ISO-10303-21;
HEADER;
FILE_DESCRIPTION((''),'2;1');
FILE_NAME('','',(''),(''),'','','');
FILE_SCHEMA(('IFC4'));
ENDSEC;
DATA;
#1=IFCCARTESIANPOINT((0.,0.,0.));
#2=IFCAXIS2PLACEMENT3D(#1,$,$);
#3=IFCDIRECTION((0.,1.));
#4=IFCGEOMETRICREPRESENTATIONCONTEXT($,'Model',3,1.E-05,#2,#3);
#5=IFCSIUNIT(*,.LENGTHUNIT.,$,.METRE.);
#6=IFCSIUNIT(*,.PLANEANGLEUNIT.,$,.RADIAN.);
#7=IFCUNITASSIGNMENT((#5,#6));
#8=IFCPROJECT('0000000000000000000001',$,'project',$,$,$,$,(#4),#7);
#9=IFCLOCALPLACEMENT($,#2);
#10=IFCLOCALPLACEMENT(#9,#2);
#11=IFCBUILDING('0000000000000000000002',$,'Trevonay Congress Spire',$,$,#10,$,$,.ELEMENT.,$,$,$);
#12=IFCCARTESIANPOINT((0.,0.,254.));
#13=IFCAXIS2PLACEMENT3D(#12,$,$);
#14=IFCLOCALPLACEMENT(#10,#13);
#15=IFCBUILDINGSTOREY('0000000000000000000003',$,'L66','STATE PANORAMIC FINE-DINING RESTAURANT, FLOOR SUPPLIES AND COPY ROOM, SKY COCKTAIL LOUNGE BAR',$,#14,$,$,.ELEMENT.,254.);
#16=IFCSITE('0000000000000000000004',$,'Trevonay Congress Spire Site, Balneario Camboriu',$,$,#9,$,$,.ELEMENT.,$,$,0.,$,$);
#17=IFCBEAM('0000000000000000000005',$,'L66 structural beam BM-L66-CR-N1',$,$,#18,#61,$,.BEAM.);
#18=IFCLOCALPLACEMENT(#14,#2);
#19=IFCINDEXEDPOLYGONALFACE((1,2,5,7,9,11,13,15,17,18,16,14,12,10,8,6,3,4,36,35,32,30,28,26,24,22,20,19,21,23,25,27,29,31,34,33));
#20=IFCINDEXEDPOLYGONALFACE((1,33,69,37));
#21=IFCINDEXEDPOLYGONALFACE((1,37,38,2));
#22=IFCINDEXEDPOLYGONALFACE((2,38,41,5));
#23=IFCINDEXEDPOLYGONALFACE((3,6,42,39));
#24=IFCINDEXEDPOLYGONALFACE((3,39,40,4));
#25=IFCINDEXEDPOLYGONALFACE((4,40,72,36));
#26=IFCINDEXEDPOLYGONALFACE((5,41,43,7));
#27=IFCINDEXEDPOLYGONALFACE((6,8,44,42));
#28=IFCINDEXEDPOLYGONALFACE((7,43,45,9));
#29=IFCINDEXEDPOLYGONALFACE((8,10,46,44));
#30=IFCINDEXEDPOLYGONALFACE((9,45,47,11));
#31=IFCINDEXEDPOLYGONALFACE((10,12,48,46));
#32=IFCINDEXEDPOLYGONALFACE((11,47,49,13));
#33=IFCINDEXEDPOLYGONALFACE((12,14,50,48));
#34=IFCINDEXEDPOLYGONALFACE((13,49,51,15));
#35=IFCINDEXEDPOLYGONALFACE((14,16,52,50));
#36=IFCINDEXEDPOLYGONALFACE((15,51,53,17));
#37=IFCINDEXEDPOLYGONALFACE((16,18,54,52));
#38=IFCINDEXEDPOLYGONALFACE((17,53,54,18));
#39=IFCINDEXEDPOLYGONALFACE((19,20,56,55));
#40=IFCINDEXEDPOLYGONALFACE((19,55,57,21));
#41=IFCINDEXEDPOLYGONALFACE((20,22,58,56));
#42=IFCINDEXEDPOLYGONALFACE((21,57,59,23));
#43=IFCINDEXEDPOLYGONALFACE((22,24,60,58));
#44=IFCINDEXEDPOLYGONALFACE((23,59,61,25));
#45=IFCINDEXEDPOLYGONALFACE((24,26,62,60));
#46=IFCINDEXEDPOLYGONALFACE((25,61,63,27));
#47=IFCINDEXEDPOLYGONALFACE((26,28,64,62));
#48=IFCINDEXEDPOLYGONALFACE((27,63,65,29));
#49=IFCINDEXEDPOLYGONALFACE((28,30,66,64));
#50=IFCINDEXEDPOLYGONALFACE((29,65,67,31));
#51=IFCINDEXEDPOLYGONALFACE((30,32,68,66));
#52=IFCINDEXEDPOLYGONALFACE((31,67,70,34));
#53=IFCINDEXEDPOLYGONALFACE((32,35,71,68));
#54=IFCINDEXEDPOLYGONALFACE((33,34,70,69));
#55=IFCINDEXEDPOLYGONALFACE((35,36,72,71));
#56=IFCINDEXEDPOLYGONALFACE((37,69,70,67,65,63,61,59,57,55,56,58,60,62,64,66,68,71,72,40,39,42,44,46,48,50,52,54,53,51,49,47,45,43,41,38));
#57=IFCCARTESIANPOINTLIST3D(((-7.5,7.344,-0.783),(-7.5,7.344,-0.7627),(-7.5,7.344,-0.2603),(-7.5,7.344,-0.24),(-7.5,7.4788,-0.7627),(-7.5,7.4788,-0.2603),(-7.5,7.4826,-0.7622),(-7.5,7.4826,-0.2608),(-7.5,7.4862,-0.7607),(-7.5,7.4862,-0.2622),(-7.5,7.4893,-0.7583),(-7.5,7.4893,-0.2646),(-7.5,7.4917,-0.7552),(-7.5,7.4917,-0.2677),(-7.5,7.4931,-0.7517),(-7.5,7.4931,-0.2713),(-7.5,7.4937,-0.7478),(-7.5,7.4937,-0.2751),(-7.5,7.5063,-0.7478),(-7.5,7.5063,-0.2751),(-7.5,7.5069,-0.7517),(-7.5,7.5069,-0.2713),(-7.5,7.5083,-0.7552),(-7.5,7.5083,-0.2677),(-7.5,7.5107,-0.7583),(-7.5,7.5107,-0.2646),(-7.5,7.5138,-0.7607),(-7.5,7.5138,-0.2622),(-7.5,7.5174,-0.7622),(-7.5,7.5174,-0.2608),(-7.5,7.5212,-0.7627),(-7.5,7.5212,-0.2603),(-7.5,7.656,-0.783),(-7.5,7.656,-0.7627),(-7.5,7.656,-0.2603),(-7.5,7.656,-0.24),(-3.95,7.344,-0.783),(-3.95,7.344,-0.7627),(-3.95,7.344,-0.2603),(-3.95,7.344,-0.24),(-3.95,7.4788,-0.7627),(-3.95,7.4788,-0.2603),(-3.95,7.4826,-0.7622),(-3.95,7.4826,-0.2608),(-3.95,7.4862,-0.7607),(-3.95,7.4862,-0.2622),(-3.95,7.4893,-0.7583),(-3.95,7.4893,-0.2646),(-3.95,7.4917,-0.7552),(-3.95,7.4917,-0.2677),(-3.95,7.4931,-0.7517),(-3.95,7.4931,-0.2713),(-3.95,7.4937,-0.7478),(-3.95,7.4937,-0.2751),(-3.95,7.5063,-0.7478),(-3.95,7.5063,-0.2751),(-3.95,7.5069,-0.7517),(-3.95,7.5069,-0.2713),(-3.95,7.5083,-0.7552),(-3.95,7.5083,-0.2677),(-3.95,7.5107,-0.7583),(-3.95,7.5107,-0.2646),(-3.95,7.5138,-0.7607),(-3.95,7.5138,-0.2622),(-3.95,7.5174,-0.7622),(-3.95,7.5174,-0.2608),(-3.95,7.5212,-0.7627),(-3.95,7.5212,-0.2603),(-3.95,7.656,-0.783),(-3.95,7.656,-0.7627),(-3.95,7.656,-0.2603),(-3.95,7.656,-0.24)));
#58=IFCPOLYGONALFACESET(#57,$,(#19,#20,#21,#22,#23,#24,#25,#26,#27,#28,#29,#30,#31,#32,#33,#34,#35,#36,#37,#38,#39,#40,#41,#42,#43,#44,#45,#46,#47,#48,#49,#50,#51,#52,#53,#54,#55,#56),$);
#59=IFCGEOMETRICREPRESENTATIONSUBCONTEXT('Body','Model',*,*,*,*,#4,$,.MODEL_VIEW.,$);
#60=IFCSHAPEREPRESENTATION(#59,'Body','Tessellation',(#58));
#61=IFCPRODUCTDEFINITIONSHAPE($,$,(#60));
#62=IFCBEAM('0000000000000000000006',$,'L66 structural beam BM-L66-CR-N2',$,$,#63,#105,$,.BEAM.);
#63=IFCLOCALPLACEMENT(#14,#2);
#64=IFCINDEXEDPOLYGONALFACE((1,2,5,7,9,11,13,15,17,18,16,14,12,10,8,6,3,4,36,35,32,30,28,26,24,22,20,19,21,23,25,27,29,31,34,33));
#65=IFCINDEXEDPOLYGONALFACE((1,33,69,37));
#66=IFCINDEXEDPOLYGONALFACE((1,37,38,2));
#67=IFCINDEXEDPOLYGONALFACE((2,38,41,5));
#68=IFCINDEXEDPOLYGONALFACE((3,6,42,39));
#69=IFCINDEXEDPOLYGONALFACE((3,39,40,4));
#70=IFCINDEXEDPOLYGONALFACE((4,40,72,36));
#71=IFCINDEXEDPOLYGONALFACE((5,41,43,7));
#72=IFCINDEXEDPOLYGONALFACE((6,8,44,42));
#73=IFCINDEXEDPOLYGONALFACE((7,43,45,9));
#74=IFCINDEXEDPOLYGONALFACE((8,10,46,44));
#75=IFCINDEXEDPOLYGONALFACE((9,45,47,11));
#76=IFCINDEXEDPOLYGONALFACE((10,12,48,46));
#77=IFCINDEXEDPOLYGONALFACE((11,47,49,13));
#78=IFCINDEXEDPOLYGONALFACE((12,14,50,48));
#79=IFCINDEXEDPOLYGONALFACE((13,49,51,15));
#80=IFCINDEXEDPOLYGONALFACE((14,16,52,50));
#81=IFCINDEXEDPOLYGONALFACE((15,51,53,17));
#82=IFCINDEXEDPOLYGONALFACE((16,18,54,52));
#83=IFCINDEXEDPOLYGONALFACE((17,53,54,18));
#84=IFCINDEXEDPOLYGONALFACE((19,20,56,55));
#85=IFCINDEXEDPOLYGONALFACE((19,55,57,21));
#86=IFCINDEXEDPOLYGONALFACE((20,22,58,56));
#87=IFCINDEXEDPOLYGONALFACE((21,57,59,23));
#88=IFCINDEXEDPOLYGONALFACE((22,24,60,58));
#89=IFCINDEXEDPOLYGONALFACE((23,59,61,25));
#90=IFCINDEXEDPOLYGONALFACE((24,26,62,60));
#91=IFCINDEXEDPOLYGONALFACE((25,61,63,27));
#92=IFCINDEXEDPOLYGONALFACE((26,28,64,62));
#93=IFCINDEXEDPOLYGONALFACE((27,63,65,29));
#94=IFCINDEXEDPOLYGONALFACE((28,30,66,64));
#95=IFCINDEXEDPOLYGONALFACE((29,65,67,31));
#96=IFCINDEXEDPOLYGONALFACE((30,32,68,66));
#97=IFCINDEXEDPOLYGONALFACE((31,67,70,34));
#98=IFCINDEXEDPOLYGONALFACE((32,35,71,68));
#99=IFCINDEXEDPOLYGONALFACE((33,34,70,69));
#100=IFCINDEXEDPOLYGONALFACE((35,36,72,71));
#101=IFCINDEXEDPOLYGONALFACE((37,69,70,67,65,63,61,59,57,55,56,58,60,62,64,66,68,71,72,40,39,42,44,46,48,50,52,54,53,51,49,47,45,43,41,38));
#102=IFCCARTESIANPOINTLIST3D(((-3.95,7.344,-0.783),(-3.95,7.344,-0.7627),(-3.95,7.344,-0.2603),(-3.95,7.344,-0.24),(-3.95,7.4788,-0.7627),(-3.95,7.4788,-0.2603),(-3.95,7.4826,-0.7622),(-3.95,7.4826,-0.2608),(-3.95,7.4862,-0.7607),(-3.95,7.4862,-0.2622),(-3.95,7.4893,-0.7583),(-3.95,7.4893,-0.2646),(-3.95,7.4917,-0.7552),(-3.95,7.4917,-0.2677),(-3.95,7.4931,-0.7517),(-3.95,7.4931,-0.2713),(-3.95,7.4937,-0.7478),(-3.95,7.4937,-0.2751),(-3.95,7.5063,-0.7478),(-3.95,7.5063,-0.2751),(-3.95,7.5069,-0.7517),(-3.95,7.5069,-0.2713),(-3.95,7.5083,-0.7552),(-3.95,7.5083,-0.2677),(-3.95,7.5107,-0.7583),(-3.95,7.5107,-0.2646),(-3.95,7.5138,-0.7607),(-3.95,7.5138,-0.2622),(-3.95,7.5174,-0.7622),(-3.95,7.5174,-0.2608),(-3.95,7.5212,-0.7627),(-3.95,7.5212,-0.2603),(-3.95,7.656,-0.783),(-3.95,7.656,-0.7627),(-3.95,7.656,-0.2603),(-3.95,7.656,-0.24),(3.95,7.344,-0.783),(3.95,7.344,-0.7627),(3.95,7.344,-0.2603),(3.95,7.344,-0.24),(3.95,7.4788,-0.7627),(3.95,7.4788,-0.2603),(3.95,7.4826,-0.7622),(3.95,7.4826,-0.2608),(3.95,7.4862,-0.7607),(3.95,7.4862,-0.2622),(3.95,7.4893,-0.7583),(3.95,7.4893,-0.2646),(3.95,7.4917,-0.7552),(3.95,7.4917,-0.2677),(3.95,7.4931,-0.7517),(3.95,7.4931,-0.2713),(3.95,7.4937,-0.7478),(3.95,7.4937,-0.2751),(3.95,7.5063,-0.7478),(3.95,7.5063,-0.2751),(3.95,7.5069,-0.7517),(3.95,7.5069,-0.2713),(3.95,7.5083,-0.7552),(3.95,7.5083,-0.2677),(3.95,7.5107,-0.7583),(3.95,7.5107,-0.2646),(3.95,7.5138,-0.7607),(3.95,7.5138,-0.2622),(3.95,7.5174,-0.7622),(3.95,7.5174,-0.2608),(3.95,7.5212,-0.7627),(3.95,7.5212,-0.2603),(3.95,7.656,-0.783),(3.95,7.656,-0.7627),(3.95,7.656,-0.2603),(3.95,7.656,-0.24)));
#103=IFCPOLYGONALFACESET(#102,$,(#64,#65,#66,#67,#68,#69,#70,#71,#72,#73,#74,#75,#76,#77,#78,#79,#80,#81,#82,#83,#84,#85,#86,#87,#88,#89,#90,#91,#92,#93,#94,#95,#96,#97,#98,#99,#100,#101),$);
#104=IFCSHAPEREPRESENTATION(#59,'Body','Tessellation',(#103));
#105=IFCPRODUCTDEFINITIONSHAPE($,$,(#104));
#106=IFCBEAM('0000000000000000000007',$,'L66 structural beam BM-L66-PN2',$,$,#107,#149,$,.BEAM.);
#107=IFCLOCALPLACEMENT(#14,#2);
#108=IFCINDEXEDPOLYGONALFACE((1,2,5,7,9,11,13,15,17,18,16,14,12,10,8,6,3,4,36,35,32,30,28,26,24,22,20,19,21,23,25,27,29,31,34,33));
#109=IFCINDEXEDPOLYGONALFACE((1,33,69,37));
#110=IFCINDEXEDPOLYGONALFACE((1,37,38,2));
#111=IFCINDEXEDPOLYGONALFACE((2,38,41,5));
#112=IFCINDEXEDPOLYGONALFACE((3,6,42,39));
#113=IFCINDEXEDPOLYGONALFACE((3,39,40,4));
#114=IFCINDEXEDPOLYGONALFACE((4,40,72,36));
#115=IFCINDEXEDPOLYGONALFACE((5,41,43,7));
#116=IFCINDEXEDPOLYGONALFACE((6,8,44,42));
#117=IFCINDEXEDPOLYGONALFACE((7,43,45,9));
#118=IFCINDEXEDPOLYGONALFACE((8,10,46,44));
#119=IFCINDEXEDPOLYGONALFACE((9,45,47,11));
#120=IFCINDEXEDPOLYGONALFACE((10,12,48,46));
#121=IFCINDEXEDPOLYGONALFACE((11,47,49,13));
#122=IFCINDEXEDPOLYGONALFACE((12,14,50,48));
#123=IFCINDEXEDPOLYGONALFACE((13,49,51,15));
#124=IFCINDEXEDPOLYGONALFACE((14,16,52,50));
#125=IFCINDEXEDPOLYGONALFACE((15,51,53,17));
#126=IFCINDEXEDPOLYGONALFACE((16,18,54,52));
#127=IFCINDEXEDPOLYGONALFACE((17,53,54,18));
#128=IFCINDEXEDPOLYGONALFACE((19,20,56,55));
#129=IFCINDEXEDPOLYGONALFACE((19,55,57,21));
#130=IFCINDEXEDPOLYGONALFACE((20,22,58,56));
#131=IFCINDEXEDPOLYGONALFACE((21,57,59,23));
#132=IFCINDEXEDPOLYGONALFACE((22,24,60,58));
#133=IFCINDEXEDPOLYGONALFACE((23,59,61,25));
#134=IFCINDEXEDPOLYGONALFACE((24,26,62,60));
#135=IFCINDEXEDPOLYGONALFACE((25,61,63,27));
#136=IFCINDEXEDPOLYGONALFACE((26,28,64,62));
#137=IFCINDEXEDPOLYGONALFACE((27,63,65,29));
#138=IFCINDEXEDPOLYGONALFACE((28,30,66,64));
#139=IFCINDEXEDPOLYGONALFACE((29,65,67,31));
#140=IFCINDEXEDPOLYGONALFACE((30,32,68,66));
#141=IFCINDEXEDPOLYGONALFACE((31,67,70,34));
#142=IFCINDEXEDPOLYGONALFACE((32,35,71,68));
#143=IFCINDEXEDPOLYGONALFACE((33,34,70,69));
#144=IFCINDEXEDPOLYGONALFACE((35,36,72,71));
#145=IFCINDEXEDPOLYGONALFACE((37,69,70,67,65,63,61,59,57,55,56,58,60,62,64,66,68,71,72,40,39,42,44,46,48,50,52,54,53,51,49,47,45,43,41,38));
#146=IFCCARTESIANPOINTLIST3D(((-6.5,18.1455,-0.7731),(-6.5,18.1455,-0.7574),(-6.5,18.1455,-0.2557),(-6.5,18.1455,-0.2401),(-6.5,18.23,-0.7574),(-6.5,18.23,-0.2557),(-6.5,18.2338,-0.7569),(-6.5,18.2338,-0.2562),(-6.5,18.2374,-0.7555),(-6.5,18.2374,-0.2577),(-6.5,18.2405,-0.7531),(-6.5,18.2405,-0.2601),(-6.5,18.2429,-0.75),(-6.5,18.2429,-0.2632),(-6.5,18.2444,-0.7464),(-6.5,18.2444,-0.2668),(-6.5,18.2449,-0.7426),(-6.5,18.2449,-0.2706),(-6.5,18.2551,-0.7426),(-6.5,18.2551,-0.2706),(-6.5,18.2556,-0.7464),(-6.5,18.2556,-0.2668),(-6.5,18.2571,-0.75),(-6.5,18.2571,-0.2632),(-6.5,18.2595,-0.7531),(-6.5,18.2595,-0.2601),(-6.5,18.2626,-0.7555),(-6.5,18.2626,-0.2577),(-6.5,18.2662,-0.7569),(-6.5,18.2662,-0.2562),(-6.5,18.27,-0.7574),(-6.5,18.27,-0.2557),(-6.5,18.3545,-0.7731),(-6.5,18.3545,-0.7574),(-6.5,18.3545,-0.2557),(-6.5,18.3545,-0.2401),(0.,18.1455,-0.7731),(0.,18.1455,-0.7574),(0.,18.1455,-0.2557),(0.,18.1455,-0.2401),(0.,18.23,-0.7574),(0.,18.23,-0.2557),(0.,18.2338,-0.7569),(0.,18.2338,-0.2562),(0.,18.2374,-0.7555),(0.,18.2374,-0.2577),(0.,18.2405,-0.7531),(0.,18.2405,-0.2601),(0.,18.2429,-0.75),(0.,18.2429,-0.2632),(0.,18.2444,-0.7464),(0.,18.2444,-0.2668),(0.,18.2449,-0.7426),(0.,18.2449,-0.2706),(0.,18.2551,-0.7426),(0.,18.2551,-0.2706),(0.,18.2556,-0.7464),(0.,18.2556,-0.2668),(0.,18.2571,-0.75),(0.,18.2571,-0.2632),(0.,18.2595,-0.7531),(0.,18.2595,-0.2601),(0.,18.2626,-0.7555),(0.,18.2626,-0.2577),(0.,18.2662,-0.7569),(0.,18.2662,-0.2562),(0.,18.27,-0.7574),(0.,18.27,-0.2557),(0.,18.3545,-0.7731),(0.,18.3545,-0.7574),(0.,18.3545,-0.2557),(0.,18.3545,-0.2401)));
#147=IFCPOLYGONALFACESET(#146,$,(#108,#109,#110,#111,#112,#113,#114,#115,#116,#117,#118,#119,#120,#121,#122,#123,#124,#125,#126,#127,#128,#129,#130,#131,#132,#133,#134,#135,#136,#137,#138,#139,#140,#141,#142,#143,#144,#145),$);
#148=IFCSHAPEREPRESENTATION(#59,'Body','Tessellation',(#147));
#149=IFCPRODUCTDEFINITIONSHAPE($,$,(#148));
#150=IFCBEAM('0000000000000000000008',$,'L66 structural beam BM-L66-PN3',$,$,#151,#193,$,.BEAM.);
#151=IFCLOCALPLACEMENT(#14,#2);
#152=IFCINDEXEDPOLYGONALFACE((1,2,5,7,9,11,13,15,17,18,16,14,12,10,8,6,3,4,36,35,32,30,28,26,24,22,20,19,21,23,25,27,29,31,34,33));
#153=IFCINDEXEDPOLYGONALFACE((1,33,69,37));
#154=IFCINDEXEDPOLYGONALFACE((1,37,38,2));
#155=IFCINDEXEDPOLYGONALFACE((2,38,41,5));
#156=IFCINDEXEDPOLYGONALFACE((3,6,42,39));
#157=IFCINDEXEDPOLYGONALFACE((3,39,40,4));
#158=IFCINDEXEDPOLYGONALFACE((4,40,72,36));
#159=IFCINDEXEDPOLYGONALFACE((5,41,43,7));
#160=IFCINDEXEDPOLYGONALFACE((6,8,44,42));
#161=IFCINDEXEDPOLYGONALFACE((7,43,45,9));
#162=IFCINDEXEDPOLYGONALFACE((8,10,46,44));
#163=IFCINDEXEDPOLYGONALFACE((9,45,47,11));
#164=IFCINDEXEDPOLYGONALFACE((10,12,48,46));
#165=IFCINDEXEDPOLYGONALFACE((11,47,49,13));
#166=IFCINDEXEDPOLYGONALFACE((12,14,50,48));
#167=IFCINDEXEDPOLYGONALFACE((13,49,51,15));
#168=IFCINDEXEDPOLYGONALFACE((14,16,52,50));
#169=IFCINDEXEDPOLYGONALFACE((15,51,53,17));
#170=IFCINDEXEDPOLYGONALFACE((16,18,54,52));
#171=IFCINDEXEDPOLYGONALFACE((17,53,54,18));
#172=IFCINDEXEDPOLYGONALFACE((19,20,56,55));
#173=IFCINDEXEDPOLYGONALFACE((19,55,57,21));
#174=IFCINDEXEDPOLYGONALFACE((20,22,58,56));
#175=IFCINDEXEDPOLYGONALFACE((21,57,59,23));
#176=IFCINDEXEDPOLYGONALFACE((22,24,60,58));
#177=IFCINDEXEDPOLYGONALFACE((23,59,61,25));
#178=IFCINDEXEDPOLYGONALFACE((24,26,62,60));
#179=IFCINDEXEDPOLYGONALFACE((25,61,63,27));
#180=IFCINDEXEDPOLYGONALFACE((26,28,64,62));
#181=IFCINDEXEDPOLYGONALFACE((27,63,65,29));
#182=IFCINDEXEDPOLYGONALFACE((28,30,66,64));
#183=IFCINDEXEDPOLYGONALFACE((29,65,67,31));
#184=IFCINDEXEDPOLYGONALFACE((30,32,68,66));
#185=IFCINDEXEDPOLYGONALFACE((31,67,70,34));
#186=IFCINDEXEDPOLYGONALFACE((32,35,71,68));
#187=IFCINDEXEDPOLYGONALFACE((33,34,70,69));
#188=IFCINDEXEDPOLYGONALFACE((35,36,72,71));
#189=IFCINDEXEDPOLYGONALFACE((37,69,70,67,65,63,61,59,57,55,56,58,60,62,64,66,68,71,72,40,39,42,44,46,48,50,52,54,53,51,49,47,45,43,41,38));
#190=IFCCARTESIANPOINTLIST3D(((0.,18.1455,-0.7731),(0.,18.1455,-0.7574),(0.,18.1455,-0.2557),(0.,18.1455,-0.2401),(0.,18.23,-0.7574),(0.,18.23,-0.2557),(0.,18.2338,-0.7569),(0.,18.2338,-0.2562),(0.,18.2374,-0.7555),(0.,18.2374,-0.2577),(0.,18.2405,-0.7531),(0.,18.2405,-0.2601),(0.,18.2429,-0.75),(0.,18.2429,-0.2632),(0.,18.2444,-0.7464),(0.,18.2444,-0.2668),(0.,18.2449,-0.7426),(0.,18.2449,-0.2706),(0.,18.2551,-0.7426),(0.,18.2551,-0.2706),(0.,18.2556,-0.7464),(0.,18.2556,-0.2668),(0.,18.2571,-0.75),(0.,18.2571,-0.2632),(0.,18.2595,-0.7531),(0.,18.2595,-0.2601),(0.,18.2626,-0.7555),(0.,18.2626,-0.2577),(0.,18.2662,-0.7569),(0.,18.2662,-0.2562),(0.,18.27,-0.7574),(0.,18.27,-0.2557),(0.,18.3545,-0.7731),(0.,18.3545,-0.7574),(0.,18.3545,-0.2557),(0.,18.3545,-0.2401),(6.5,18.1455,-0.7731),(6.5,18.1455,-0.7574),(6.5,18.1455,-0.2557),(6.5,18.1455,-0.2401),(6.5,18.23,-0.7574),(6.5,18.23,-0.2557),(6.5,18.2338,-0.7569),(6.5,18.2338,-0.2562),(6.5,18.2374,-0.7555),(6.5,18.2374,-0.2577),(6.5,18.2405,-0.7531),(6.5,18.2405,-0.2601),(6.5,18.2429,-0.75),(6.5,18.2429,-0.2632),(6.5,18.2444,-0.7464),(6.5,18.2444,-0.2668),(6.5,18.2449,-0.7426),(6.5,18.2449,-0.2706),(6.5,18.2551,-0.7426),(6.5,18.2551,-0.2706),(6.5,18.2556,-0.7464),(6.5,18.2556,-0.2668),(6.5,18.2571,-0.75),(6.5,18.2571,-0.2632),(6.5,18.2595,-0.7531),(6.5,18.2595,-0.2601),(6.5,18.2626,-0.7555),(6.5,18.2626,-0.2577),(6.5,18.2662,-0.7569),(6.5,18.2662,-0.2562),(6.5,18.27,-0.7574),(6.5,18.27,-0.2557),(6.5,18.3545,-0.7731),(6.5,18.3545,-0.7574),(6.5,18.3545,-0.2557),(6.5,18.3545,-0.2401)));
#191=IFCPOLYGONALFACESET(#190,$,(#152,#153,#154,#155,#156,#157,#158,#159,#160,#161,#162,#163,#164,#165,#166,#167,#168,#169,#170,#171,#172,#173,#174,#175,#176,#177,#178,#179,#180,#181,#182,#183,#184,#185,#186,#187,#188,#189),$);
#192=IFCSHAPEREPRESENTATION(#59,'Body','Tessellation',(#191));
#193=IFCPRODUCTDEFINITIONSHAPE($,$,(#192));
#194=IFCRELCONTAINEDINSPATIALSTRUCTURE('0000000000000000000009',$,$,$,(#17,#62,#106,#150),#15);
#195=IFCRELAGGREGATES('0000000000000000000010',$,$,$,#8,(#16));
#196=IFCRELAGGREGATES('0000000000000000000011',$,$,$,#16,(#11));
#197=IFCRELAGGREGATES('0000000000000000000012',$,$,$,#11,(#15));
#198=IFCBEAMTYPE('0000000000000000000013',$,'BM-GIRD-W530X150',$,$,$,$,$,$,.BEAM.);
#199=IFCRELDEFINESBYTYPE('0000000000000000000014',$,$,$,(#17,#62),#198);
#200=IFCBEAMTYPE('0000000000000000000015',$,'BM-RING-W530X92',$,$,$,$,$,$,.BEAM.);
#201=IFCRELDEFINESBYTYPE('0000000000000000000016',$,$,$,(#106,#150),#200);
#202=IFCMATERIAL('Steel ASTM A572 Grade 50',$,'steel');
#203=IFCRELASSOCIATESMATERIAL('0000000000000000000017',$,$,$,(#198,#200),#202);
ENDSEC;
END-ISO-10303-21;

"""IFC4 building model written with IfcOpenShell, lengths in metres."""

from ifc_helpers import new_model, si_unit, direction, frame, origin, origin_2d, place, context, subcontext, project, spatial, i_section, extrude, material, material_profile, profile_set, type_object, element, save


model = new_model("IFC4")

# Units and contexts
model_context = context("Model", 3, precision=1e-05, world=origin(), true_north=direction((0.0, 1.0)))
body_context = subcontext(model_context, "Body", "Model", "MODEL_VIEW")
ifc_project = project(units=[si_unit("LENGTHUNIT", "METRE"), si_unit("PLANEANGLEUNIT", "RADIAN")], contexts=[model_context])

# Site, building, storey
site_placement = place(None, origin())
site = spatial("IfcSite", under=ifc_project, at=site_placement, Name="Trevonay Congress Spire Site, Balneario Camboriu", CompositionType="ELEMENT", RefElevation=0.0)
building_placement = place(site_placement, origin())
building = spatial("IfcBuilding", under=site, at=building_placement, Name="Trevonay Congress Spire", CompositionType="ELEMENT")
storey_placement = place(building_placement, frame((0.0, 0.0, 254.0)))
storey = spatial("IfcBuildingStorey", under=building, at=storey_placement, Name="L66", Description="STATE PANORAMIC FINE-DINING RESTAURANT, FLOOR SUPPLIES AND COPY ROOM, SKY COCKTAIL LOUNGE BAR", CompositionType="ELEMENT", Elevation=254.0)

# Shared definitions
ifc_material_1 = material(Name="Steel ASTM A572 Grade 50", Category="steel")

# Beams
ifc_material_profile_1 = material_profile(ifc_material_1, i_section(OverallWidth=0.312, OverallDepth=0.543, WebThickness=0.0127, FlangeThickness=0.0203, FilletRadius=0.0149, at=origin_2d()), Name="W530x150")
ifc_profile_set_1 = profile_set([ifc_material_profile_1], Name="Steel ASTM A572 Grade 50")
beam_type_1 = type_object("IfcBeamType", Name="BM-GIRD-W530X150", PredefinedType="BEAM", material=ifc_profile_set_1)
beam_1_placement = place(storey_placement, frame((-7.5, 7.5, -0.5115), z_axis=(1.0, 0.0, 0.0), x_axis=(0.0, 1.0, 0.0)))
element("IfcBeam", 1, at=beam_1_placement, inside=storey, type_object=beam_type_1, Name="L66 structural beam BM-L66-CR-N1", PredefinedType="BEAM", context=body_context, shape_type="SweptSolid", body=[
    extrude(i_section(OverallWidth=0.312, OverallDepth=0.543, WebThickness=0.0127, FlangeThickness=0.0203, FilletRadius=0.0149, at=origin_2d()), origin(), (0.0, 0.0, 1.0), 3.55),
])
beam_2_placement = place(storey_placement, frame((-3.95, 7.5, -0.5115), z_axis=(1.0, 0.0, 0.0), x_axis=(0.0, 1.0, 0.0)))
element("IfcBeam", 2, at=beam_2_placement, inside=storey, type_object=beam_type_1, Name="L66 structural beam BM-L66-CR-N2", PredefinedType="BEAM", context=body_context, shape_type="SweptSolid", body=[
    extrude(i_section(OverallWidth=0.312, OverallDepth=0.543, WebThickness=0.0127, FlangeThickness=0.0203, FilletRadius=0.0149, at=origin_2d()), origin(), (0.0, 0.0, 1.0), 7.8999),
])
ifc_material_profile_2 = material_profile(ifc_material_1, i_section(OverallWidth=0.209, OverallDepth=0.533, WebThickness=0.0103, FlangeThickness=0.0156, FilletRadius=0.0149, at=origin_2d()), Name="W530x92")
ifc_profile_set_2 = profile_set([ifc_material_profile_2], Name="Steel ASTM A572 Grade 50")
beam_type_2 = type_object("IfcBeamType", Name="BM-RING-W530X92", PredefinedType="BEAM", material=ifc_profile_set_2)
for number, where, z_axis, x_axis, name in (
    (3, (-6.5, 18.25, -0.5066), (1.0, 0.0, 0.0), (0.0, 1.0, 0.0), "L66 structural beam BM-L66-PN2"),
    (4, (0.0, 18.25, -0.5066), (1.0, 0.0, 0.0), (0.0, 1.0, 0.0), "L66 structural beam BM-L66-PN3"),
):
    element("IfcBeam", number, at=place(storey_placement, frame(where, z_axis=z_axis, x_axis=x_axis)), inside=storey, type_object=beam_type_2, Name=name, PredefinedType="BEAM", context=body_context, shape_type="SweptSolid", body=[
        extrude(i_section(OverallWidth=0.209, OverallDepth=0.533, WebThickness=0.0103, FlangeThickness=0.0156, FilletRadius=0.0149, at=origin_2d()), origin(), (0.0, 0.0, 1.0), 6.5),
    ])

save(model, "model.ifc")
